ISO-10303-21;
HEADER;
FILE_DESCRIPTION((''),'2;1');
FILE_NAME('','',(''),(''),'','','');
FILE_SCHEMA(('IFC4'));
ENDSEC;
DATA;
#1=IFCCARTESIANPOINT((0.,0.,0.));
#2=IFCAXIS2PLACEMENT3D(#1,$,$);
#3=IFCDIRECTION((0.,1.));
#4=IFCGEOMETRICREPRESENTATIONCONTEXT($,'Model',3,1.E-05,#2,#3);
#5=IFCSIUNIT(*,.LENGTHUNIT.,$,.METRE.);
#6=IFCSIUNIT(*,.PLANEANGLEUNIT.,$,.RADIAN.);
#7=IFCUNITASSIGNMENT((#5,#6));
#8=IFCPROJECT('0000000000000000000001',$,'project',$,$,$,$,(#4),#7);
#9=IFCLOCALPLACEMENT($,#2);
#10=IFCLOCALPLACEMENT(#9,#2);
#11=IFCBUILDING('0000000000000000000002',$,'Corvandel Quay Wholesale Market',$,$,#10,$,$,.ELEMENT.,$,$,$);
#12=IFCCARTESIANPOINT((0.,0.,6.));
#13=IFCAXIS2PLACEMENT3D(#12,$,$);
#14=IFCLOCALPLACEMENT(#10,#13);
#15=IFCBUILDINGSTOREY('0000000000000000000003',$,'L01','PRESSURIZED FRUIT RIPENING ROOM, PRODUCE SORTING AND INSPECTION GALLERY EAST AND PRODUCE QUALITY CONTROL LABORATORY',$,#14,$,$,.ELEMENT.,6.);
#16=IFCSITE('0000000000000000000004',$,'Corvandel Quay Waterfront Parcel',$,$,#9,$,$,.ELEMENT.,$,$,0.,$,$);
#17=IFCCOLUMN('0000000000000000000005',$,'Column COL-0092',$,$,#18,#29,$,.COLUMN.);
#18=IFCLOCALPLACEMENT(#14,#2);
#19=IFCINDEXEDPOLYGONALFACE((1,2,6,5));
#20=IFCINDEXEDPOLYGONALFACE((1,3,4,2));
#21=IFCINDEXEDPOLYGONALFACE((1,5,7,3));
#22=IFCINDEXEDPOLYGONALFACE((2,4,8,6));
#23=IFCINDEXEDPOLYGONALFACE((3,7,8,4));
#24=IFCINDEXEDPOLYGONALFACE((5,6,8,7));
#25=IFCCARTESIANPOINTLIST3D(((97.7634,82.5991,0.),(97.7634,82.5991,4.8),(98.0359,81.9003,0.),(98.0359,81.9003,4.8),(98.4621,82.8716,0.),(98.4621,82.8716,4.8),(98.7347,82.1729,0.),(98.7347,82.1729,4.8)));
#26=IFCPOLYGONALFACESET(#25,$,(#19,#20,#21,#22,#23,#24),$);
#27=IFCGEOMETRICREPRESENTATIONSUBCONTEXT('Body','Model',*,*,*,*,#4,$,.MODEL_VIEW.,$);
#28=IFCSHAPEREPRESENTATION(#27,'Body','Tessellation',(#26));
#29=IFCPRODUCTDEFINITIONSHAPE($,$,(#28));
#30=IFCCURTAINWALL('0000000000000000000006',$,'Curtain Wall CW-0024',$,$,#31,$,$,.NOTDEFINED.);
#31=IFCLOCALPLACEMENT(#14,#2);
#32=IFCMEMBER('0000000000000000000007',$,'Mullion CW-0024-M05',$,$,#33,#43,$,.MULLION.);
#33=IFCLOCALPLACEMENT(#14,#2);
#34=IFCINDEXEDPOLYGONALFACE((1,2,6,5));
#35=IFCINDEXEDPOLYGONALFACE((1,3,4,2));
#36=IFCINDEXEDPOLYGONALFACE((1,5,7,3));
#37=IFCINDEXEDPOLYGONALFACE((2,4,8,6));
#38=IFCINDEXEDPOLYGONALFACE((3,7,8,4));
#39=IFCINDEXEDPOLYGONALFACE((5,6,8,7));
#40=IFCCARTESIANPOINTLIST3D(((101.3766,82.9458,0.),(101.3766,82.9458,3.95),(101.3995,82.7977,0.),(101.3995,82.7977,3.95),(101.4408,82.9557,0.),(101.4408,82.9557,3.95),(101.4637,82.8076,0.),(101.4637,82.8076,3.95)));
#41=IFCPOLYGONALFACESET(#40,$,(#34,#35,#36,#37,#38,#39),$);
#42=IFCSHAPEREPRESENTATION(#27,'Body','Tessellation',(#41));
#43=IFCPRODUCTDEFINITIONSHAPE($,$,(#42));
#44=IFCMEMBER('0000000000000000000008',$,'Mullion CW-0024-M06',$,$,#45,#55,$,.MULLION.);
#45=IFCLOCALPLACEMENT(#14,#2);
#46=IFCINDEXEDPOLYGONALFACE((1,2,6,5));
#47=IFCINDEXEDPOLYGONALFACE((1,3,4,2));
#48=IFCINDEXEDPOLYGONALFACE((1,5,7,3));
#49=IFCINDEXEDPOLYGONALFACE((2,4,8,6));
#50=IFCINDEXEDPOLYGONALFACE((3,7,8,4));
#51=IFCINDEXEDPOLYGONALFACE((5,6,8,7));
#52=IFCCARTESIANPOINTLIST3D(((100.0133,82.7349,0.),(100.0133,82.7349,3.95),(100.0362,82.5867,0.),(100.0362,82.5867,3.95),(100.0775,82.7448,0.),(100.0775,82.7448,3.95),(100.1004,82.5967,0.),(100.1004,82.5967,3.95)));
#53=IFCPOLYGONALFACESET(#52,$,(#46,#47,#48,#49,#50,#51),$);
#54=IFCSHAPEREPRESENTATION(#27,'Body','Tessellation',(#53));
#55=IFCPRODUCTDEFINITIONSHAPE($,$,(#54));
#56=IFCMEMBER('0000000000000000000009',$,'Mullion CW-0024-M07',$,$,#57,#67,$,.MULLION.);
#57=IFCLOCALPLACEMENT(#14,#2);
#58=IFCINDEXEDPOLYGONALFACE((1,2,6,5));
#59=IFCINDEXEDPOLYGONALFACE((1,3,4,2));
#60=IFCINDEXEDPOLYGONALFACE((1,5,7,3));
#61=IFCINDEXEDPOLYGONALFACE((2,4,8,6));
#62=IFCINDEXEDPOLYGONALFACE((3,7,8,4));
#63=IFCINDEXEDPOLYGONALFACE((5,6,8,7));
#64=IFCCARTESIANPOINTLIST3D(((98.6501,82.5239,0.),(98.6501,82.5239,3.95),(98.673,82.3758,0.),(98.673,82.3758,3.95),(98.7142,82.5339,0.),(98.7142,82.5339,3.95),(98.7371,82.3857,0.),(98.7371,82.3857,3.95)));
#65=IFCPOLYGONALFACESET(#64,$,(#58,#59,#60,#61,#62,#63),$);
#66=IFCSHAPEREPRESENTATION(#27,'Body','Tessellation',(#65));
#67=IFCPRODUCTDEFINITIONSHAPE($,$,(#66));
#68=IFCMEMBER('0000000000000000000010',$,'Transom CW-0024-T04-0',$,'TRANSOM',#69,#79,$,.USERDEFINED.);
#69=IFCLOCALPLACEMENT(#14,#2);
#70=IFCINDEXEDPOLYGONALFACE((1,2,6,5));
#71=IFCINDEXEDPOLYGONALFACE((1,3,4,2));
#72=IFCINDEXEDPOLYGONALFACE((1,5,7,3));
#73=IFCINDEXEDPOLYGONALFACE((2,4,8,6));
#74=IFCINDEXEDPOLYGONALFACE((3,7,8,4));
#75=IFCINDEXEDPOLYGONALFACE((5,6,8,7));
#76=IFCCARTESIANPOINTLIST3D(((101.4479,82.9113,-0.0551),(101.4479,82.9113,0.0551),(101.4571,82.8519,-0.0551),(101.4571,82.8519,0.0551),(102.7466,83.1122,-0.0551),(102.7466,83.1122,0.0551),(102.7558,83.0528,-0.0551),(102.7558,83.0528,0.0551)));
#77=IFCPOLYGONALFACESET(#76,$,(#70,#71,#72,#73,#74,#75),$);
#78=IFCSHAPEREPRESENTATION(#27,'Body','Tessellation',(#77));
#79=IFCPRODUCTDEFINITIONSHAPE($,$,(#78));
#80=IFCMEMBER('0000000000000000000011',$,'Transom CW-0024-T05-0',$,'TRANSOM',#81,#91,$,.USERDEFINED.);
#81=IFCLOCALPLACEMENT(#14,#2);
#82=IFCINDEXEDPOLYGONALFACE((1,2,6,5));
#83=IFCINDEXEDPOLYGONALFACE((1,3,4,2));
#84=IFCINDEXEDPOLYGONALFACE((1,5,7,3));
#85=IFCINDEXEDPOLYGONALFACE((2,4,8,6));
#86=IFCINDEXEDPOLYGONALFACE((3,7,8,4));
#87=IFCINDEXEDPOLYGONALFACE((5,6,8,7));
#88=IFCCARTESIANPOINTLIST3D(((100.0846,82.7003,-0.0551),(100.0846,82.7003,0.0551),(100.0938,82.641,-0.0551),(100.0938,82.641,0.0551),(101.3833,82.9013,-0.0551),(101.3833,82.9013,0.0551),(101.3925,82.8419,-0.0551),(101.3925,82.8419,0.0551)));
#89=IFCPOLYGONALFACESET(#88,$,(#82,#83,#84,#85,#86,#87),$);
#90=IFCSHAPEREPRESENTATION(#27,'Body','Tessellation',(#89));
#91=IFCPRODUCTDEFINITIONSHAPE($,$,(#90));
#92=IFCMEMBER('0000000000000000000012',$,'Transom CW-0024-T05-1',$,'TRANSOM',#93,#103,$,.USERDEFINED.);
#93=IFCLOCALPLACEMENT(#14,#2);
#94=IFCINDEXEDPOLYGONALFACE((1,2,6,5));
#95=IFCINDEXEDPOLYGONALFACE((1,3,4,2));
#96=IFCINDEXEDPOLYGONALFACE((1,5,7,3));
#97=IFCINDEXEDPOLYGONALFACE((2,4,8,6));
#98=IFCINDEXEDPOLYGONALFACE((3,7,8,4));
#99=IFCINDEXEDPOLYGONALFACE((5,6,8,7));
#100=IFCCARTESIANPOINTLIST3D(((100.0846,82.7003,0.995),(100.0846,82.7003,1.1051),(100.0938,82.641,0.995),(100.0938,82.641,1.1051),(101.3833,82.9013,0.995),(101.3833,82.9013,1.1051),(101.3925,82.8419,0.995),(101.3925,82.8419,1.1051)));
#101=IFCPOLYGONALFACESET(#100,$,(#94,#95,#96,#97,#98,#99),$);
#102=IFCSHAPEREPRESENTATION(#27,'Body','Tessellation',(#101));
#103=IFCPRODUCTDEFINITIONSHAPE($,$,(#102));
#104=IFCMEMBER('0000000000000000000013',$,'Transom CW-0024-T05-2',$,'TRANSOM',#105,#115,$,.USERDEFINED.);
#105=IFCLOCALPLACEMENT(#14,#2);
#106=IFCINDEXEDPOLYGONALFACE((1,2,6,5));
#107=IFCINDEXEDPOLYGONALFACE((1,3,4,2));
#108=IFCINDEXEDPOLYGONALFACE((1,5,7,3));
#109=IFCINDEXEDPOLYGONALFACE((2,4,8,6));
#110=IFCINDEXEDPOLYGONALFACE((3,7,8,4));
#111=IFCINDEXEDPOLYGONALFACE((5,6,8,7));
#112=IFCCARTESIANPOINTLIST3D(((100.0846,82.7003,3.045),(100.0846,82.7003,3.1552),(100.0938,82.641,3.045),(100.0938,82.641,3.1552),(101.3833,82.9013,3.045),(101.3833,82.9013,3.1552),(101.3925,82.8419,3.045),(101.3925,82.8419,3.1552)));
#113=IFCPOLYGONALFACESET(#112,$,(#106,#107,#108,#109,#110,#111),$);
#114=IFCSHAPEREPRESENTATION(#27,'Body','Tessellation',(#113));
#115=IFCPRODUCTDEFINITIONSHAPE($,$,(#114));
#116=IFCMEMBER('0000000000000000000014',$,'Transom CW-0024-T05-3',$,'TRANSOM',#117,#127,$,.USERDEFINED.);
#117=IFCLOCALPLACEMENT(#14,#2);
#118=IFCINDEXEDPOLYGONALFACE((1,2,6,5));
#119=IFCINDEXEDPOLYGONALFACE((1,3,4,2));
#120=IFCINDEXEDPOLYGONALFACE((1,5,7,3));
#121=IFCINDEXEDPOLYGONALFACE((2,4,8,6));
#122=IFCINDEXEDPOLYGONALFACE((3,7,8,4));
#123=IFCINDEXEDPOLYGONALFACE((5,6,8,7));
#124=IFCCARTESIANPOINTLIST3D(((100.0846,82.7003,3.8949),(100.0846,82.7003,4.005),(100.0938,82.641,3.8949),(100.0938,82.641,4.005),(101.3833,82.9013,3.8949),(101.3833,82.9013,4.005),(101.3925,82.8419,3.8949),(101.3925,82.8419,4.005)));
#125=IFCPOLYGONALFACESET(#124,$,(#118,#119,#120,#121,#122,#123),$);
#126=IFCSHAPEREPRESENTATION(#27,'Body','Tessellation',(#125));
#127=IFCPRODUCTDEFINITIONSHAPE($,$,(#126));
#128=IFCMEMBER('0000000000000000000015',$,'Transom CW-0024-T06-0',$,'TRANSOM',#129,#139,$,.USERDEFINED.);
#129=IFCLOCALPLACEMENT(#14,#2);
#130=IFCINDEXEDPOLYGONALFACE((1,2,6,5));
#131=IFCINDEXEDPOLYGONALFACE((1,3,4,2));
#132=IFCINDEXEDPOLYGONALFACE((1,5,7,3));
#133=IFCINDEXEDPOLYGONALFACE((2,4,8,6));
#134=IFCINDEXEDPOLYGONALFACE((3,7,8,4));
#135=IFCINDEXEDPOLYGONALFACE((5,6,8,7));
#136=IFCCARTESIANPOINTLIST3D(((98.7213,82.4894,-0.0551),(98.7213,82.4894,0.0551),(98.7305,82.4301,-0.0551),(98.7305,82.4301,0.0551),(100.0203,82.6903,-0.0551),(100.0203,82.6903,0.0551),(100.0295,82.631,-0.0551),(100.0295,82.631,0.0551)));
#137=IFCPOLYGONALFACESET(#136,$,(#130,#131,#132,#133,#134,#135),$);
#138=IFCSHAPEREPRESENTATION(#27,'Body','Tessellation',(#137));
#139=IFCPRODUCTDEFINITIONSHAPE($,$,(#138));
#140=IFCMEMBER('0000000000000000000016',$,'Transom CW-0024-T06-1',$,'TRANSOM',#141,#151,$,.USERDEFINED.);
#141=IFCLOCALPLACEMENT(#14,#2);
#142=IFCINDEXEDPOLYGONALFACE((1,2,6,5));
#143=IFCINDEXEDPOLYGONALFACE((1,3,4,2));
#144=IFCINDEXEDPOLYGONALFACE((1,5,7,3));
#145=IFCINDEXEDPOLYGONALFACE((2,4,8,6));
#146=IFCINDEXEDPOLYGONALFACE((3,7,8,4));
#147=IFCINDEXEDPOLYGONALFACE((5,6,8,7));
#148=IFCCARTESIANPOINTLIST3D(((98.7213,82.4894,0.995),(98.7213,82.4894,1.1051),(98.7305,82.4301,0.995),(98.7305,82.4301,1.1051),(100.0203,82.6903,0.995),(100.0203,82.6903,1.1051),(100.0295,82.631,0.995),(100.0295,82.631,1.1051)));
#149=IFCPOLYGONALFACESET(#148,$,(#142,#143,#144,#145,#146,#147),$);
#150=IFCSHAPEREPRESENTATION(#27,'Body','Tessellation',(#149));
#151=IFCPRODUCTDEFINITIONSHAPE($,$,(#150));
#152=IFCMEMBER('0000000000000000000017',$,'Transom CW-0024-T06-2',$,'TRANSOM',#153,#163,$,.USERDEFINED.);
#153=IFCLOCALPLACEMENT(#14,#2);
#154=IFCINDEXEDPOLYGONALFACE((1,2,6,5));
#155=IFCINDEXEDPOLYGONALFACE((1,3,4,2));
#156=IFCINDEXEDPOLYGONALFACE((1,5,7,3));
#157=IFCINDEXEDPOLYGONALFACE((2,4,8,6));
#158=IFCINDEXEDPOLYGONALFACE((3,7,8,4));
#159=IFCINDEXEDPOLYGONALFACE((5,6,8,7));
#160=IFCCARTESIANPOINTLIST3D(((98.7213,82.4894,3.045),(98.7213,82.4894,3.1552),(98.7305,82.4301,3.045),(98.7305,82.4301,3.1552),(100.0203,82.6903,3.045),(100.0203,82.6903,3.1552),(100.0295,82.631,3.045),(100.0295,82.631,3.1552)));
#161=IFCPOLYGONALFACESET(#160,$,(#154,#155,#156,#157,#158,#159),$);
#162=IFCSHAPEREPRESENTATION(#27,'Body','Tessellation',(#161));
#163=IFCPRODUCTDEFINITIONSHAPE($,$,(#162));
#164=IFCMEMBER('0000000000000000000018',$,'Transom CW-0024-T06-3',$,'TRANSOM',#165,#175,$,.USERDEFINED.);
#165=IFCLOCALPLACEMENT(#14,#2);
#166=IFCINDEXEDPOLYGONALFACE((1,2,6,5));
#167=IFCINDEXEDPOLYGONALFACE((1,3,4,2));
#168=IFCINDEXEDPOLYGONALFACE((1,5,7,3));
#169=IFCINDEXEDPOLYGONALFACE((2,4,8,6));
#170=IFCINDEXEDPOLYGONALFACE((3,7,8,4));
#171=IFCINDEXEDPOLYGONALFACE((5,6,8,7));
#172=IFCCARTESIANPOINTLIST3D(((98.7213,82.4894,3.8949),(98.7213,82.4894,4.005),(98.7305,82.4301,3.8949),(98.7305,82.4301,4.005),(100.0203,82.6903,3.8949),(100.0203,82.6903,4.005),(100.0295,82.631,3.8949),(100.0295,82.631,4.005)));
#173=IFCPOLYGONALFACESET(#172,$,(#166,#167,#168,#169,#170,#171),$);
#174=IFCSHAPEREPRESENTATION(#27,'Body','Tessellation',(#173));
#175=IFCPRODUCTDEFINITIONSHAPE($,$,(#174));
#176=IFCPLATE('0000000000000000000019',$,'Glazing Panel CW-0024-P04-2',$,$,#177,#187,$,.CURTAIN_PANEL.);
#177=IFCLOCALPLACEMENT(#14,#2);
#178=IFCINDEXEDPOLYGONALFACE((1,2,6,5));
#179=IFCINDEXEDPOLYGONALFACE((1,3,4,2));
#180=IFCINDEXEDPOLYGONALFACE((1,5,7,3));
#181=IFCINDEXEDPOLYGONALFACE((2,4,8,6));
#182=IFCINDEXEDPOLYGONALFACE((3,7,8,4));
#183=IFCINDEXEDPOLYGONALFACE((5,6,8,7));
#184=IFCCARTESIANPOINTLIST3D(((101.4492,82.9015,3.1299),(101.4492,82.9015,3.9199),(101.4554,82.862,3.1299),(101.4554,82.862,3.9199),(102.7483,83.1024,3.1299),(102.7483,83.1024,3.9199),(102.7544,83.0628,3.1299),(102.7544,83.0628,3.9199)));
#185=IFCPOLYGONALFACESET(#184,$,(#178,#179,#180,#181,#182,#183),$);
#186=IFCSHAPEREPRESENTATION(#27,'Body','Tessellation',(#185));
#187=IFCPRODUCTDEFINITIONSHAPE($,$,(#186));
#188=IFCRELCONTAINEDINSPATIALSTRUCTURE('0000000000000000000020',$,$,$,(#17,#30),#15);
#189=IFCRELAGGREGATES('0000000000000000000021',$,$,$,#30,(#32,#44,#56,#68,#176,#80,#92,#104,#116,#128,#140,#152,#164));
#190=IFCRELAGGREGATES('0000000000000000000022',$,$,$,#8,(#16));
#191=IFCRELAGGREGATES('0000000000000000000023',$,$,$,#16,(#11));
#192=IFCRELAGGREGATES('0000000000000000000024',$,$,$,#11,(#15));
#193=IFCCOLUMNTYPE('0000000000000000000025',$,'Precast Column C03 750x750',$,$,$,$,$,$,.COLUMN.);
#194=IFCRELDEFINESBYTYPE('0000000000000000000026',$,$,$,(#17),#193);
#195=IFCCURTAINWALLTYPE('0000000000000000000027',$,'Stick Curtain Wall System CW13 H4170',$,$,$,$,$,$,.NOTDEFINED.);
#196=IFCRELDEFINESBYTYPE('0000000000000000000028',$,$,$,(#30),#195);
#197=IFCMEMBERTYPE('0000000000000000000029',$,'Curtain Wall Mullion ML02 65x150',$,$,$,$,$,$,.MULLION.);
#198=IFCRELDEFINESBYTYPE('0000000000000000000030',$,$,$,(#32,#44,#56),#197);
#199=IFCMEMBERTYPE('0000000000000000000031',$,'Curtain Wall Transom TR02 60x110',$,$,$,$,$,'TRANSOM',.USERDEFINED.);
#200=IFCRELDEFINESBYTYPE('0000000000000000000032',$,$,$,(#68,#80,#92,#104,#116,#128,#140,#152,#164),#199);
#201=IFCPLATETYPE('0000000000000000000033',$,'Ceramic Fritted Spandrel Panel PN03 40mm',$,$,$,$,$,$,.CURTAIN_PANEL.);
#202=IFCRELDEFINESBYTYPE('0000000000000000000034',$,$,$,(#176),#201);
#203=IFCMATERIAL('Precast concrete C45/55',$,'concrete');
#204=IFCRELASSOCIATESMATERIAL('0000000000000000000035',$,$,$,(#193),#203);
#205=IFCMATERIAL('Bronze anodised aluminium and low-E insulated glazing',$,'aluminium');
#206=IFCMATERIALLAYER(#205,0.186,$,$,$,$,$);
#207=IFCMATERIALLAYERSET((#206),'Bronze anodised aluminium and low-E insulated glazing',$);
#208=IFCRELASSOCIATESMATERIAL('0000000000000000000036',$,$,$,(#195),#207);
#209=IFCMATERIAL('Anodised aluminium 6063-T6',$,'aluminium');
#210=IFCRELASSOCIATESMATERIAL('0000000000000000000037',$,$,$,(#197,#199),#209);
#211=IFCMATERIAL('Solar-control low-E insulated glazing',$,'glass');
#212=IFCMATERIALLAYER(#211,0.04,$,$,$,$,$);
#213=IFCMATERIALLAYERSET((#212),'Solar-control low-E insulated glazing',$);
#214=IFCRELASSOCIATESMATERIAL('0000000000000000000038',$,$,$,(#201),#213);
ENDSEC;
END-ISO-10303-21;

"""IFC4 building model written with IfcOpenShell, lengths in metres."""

from ifc_helpers import new_model, si_unit, direction, frame, origin, origin_2d, place, context, subcontext, project, spatial, rectangle, extrude, material, layer, layer_set, material_profile, profile_set, type_object, element, aggregate, save


model = new_model("IFC4")

# Units and contexts
model_context = context("Model", 3, precision=1e-05, world=origin(), true_north=direction((0.0, 1.0)))
body_context = subcontext(model_context, "Body", "Model", "MODEL_VIEW")
ifc_project = project(units=[si_unit("LENGTHUNIT", "METRE"), si_unit("PLANEANGLEUNIT", "RADIAN")], contexts=[model_context])

# Site, building, storey
site_placement = place(None, origin())
site = spatial("IfcSite", under=ifc_project, at=site_placement, Name="Corvandel Quay Waterfront Parcel", CompositionType="ELEMENT", RefElevation=0.0)
building_placement = place(site_placement, origin())
building = spatial("IfcBuilding", under=site, at=building_placement, Name="Corvandel Quay Wholesale Market", CompositionType="ELEMENT")
storey_placement = place(building_placement, frame((0.0, 0.0, 6.0)))
storey = spatial("IfcBuildingStorey", under=building, at=storey_placement, Name="L01", Description="PRESSURIZED FRUIT RIPENING ROOM, PRODUCE SORTING AND INSPECTION GALLERY EAST AND PRODUCE QUALITY CONTROL LABORATORY", CompositionType="ELEMENT", Elevation=6.0)

# Column
ifc_material_1 = material(Name="Precast concrete C45/55", Category="concrete")
ifc_material_profile_1 = material_profile(ifc_material_1, rectangle(XDim=0.75, YDim=0.75, at=origin_2d()), Name="PC-COL-750x750")
ifc_profile_set_1 = profile_set([ifc_material_profile_1], Name="Precast concrete C45/55")
column_type = type_object("IfcColumnType", Name="Precast Column C03 750x750", PredefinedType="COLUMN", material=ifc_profile_set_1)
column_placement = place(storey_placement, frame((98.249, 82.386, 0.0), z_axis=(0.0, 0.0, 1.0), x_axis=(0.931628, 0.363414, 0.0)))
element("IfcColumn", 1, at=column_placement, inside=storey, type_object=column_type, Name="Column COL-0092", PredefinedType="COLUMN", context=body_context, shape_type="SweptSolid", body=[
    extrude(rectangle(XDim=0.75, YDim=0.75, at=origin_2d()), origin(), (0.0, 0.0, 1.0), 4.8),
])

# Curtain wall, members, plate
ifc_material_2 = material(Name="Bronze anodised aluminium and low-E insulated glazing", Category="aluminium")
ifc_layer_1 = layer(ifc_material_2, 0.186)
ifc_layer_set_1 = layer_set([ifc_layer_1], Name="Bronze anodised aluminium and low-E insulated glazing")
curtain_wall_type = type_object("IfcCurtainWallType", Name="Stick Curtain Wall System CW13 H4170", PredefinedType="NOTDEFINED", material=ifc_layer_set_1)
curtain_wall_placement = place(storey_placement, origin())
curtain_wall = element("IfcCurtainWall", 2, at=curtain_wall_placement, inside=storey, type_object=curtain_wall_type, Name="Curtain Wall CW-0024", PredefinedType="NOTDEFINED")
ifc_material_3 = material(Name="Anodised aluminium 6063-T6", Category="aluminium")
ifc_material_profile_2 = material_profile(ifc_material_3, rectangle(XDim=0.0649, YDim=0.1499, at=origin_2d()), Name="ALU-MUL-65x150")
ifc_profile_set_2 = profile_set([ifc_material_profile_2], Name="Anodised aluminium 6063-T6")
member_type_1 = type_object("IfcMemberType", Name="Curtain Wall Mullion ML02 65x150", PredefinedType="MULLION", material=ifc_profile_set_2)
member_1_placement = place(storey_placement, frame((101.4202, 82.8767, 0.0), z_axis=(0.0, 0.0, 1.0), x_axis=(0.988255, 0.152813, 0.0)))
member_1 = element("IfcMember", 3, at=member_1_placement, type_object=member_type_1, Name="Mullion CW-0024-M05", PredefinedType="MULLION", context=body_context, shape_type="SweptSolid", body=[
    extrude(rectangle(XDim=0.0649, YDim=0.1499, at=origin_2d()), origin(), (0.0, 0.0, 1.0), 3.95),
])
member_2_placement = place(storey_placement, frame((100.0569, 82.6658, 0.0), z_axis=(0.0, 0.0, 1.0), x_axis=(0.988255, 0.152813, 0.0)))
member_2 = element("IfcMember", 4, at=member_2_placement, type_object=member_type_1, Name="Mullion CW-0024-M06", PredefinedType="MULLION", context=body_context, shape_type="SweptSolid", body=[
    extrude(rectangle(XDim=0.0649, YDim=0.1499, at=origin_2d()), origin(), (0.0, 0.0, 1.0), 3.95),
])
member_3_placement = place(storey_placement, frame((98.6936, 82.4548, 0.0), z_axis=(0.0, 0.0, 1.0), x_axis=(0.988255, 0.152813, 0.0)))
member_3 = element("IfcMember", 5, at=member_3_placement, type_object=member_type_1, Name="Mullion CW-0024-M07", PredefinedType="MULLION", context=body_context, shape_type="SweptSolid", body=[
    extrude(rectangle(XDim=0.0649, YDim=0.1499, at=origin_2d()), origin(), (0.0, 0.0, 1.0), 3.95),
])
ifc_material_profile_3 = material_profile(ifc_material_3, rectangle(XDim=0.0601, YDim=0.1101, at=origin_2d()), Name="ALU-TRN-60x110")
ifc_profile_set_3 = profile_set([ifc_material_profile_3], Name="Anodised aluminium 6063-T6")
member_type_2 = type_object("IfcMemberType", Name="Curtain Wall Transom TR02 60x110", ElementType="TRANSOM", PredefinedType="USERDEFINED", material=ifc_profile_set_3)
member_4_placement = place(storey_placement, frame((102.7512, 83.0825, 0.0), z_axis=(-0.988245, -0.152881, 0.0), x_axis=(0.152881, -0.988245, 0.0)))
member_4 = element("IfcMember", 6, at=member_4_placement, type_object=member_type_2, Name="Transom CW-0024-T04-0", ObjectType="TRANSOM", PredefinedType="USERDEFINED", context=body_context, shape_type="SweptSolid", body=[
    extrude(rectangle(XDim=0.0601, YDim=0.1101, at=origin_2d()), origin(), (0.0, 0.0, 1.0), 1.3142),
])
member_5_placement = place(storey_placement, frame((101.3879, 82.8716, 0.0), z_axis=(-0.988245, -0.152881, 0.0), x_axis=(0.152881, -0.988245, 0.0)))
member_5 = element("IfcMember", 7, at=member_5_placement, type_object=member_type_2, Name="Transom CW-0024-T05-0", ObjectType="TRANSOM", PredefinedType="USERDEFINED", context=body_context, shape_type="SweptSolid", body=[
    extrude(rectangle(XDim=0.0601, YDim=0.1101, at=origin_2d()), origin(), (0.0, 0.0, 1.0), 1.3142),
])
member_6_placement = place(storey_placement, frame((101.3879, 82.8716, 1.05), z_axis=(-0.988245, -0.152881, 0.0), x_axis=(0.152881, -0.988245, 0.0)))
member_6 = element("IfcMember", 8, at=member_6_placement, type_object=member_type_2, Name="Transom CW-0024-T05-1", ObjectType="TRANSOM", PredefinedType="USERDEFINED", context=body_context, shape_type="SweptSolid", body=[
    extrude(rectangle(XDim=0.0601, YDim=0.1101, at=origin_2d()), origin(), (0.0, 0.0, 1.0), 1.3142),
])
member_7_placement = place(storey_placement, frame((101.3879, 82.8716, 3.1001), z_axis=(-0.988245, -0.152881, 0.0), x_axis=(0.152881, -0.988245, 0.0)))
member_7 = element("IfcMember", 9, at=member_7_placement, type_object=member_type_2, Name="Transom CW-0024-T05-2", ObjectType="TRANSOM", PredefinedType="USERDEFINED", context=body_context, shape_type="SweptSolid", body=[
    extrude(rectangle(XDim=0.0601, YDim=0.1101, at=origin_2d()), origin(), (0.0, 0.0, 1.0), 1.3142),
])
member_8_placement = place(storey_placement, frame((101.3879, 82.8716, 3.95), z_axis=(-0.988245, -0.152881, 0.0), x_axis=(0.152881, -0.988245, 0.0)))
member_8 = element("IfcMember", 10, at=member_8_placement, type_object=member_type_2, Name="Transom CW-0024-T05-3", ObjectType="TRANSOM", PredefinedType="USERDEFINED", context=body_context, shape_type="SweptSolid", body=[
    extrude(rectangle(XDim=0.0601, YDim=0.1101, at=origin_2d()), origin(), (0.0, 0.0, 1.0), 1.3142),
])
member_9_placement = place(storey_placement, frame((100.0249, 82.6606, 0.0), z_axis=(-0.988249, -0.152853, 0.0), x_axis=(0.152853, -0.988249, 0.0)))
member_9 = element("IfcMember", 11, at=member_9_placement, type_object=member_type_2, Name="Transom CW-0024-T06-0", ObjectType="TRANSOM", PredefinedType="USERDEFINED", context=body_context, shape_type="SweptSolid", body=[
    extrude(rectangle(XDim=0.0601, YDim=0.1101, at=origin_2d()), origin(), (0.0, 0.0, 1.0), 1.3145),
])
member_10_placement = place(storey_placement, frame((100.0249, 82.6606, 1.05), z_axis=(-0.988249, -0.152853, 0.0), x_axis=(0.152853, -0.988249, 0.0)))
member_10 = element("IfcMember", 12, at=member_10_placement, type_object=member_type_2, Name="Transom CW-0024-T06-1", ObjectType="TRANSOM", PredefinedType="USERDEFINED", context=body_context, shape_type="SweptSolid", body=[
    extrude(rectangle(XDim=0.0601, YDim=0.1101, at=origin_2d()), origin(), (0.0, 0.0, 1.0), 1.3145),
])
member_11_placement = place(storey_placement, frame((100.0249, 82.6606, 3.1001), z_axis=(-0.988249, -0.152853, 0.0), x_axis=(0.152853, -0.988249, 0.0)))
member_11 = element("IfcMember", 13, at=member_11_placement, type_object=member_type_2, Name="Transom CW-0024-T06-2", ObjectType="TRANSOM", PredefinedType="USERDEFINED", context=body_context, shape_type="SweptSolid", body=[
    extrude(rectangle(XDim=0.0601, YDim=0.1101, at=origin_2d()), origin(), (0.0, 0.0, 1.0), 1.3145),
])
member_12_placement = place(storey_placement, frame((100.0249, 82.6606, 3.95), z_axis=(-0.988249, -0.152853, 0.0), x_axis=(0.152853, -0.988249, 0.0)))
member_12 = element("IfcMember", 14, at=member_12_placement, type_object=member_type_2, Name="Transom CW-0024-T06-3", ObjectType="TRANSOM", PredefinedType="USERDEFINED", context=body_context, shape_type="SweptSolid", body=[
    extrude(rectangle(XDim=0.0601, YDim=0.1101, at=origin_2d()), origin(), (0.0, 0.0, 1.0), 1.3145),
])
ifc_material_4 = material(Name="Solar-control low-E insulated glazing", Category="glass")
ifc_layer_2 = layer(ifc_material_4, 0.04)
ifc_layer_set_2 = layer_set([ifc_layer_2], Name="Solar-control low-E insulated glazing")
plate_type_1 = type_object("IfcPlateType", Name="Ceramic Fritted Spandrel Panel PN03 40mm", PredefinedType="CURTAIN_PANEL", material=ifc_layer_set_2)
plate_1_placement = place(storey_placement, frame((102.1018, 82.9822, 3.1299), z_axis=(0.0, 0.0, 1.0), x_axis=(0.988255, 0.152813, 0.0)))
plate_1 = element("IfcPlate", 15, at=plate_1_placement, type_object=plate_type_1, Name="Glazing Panel CW-0024-P04-2", PredefinedType="CURTAIN_PANEL", context=body_context, shape_type="SweptSolid", body=[
    extrude(rectangle(XDim=1.3145, YDim=0.04, at=origin_2d()), origin(), (0.0, 0.0, 1.0), 0.79),
])
aggregate(curtain_wall, [member_1, member_2, member_3, member_4, plate_1, member_5, member_6, member_7, member_8, member_9, member_10, member_11, member_12])

save(model, "model.ifc")
